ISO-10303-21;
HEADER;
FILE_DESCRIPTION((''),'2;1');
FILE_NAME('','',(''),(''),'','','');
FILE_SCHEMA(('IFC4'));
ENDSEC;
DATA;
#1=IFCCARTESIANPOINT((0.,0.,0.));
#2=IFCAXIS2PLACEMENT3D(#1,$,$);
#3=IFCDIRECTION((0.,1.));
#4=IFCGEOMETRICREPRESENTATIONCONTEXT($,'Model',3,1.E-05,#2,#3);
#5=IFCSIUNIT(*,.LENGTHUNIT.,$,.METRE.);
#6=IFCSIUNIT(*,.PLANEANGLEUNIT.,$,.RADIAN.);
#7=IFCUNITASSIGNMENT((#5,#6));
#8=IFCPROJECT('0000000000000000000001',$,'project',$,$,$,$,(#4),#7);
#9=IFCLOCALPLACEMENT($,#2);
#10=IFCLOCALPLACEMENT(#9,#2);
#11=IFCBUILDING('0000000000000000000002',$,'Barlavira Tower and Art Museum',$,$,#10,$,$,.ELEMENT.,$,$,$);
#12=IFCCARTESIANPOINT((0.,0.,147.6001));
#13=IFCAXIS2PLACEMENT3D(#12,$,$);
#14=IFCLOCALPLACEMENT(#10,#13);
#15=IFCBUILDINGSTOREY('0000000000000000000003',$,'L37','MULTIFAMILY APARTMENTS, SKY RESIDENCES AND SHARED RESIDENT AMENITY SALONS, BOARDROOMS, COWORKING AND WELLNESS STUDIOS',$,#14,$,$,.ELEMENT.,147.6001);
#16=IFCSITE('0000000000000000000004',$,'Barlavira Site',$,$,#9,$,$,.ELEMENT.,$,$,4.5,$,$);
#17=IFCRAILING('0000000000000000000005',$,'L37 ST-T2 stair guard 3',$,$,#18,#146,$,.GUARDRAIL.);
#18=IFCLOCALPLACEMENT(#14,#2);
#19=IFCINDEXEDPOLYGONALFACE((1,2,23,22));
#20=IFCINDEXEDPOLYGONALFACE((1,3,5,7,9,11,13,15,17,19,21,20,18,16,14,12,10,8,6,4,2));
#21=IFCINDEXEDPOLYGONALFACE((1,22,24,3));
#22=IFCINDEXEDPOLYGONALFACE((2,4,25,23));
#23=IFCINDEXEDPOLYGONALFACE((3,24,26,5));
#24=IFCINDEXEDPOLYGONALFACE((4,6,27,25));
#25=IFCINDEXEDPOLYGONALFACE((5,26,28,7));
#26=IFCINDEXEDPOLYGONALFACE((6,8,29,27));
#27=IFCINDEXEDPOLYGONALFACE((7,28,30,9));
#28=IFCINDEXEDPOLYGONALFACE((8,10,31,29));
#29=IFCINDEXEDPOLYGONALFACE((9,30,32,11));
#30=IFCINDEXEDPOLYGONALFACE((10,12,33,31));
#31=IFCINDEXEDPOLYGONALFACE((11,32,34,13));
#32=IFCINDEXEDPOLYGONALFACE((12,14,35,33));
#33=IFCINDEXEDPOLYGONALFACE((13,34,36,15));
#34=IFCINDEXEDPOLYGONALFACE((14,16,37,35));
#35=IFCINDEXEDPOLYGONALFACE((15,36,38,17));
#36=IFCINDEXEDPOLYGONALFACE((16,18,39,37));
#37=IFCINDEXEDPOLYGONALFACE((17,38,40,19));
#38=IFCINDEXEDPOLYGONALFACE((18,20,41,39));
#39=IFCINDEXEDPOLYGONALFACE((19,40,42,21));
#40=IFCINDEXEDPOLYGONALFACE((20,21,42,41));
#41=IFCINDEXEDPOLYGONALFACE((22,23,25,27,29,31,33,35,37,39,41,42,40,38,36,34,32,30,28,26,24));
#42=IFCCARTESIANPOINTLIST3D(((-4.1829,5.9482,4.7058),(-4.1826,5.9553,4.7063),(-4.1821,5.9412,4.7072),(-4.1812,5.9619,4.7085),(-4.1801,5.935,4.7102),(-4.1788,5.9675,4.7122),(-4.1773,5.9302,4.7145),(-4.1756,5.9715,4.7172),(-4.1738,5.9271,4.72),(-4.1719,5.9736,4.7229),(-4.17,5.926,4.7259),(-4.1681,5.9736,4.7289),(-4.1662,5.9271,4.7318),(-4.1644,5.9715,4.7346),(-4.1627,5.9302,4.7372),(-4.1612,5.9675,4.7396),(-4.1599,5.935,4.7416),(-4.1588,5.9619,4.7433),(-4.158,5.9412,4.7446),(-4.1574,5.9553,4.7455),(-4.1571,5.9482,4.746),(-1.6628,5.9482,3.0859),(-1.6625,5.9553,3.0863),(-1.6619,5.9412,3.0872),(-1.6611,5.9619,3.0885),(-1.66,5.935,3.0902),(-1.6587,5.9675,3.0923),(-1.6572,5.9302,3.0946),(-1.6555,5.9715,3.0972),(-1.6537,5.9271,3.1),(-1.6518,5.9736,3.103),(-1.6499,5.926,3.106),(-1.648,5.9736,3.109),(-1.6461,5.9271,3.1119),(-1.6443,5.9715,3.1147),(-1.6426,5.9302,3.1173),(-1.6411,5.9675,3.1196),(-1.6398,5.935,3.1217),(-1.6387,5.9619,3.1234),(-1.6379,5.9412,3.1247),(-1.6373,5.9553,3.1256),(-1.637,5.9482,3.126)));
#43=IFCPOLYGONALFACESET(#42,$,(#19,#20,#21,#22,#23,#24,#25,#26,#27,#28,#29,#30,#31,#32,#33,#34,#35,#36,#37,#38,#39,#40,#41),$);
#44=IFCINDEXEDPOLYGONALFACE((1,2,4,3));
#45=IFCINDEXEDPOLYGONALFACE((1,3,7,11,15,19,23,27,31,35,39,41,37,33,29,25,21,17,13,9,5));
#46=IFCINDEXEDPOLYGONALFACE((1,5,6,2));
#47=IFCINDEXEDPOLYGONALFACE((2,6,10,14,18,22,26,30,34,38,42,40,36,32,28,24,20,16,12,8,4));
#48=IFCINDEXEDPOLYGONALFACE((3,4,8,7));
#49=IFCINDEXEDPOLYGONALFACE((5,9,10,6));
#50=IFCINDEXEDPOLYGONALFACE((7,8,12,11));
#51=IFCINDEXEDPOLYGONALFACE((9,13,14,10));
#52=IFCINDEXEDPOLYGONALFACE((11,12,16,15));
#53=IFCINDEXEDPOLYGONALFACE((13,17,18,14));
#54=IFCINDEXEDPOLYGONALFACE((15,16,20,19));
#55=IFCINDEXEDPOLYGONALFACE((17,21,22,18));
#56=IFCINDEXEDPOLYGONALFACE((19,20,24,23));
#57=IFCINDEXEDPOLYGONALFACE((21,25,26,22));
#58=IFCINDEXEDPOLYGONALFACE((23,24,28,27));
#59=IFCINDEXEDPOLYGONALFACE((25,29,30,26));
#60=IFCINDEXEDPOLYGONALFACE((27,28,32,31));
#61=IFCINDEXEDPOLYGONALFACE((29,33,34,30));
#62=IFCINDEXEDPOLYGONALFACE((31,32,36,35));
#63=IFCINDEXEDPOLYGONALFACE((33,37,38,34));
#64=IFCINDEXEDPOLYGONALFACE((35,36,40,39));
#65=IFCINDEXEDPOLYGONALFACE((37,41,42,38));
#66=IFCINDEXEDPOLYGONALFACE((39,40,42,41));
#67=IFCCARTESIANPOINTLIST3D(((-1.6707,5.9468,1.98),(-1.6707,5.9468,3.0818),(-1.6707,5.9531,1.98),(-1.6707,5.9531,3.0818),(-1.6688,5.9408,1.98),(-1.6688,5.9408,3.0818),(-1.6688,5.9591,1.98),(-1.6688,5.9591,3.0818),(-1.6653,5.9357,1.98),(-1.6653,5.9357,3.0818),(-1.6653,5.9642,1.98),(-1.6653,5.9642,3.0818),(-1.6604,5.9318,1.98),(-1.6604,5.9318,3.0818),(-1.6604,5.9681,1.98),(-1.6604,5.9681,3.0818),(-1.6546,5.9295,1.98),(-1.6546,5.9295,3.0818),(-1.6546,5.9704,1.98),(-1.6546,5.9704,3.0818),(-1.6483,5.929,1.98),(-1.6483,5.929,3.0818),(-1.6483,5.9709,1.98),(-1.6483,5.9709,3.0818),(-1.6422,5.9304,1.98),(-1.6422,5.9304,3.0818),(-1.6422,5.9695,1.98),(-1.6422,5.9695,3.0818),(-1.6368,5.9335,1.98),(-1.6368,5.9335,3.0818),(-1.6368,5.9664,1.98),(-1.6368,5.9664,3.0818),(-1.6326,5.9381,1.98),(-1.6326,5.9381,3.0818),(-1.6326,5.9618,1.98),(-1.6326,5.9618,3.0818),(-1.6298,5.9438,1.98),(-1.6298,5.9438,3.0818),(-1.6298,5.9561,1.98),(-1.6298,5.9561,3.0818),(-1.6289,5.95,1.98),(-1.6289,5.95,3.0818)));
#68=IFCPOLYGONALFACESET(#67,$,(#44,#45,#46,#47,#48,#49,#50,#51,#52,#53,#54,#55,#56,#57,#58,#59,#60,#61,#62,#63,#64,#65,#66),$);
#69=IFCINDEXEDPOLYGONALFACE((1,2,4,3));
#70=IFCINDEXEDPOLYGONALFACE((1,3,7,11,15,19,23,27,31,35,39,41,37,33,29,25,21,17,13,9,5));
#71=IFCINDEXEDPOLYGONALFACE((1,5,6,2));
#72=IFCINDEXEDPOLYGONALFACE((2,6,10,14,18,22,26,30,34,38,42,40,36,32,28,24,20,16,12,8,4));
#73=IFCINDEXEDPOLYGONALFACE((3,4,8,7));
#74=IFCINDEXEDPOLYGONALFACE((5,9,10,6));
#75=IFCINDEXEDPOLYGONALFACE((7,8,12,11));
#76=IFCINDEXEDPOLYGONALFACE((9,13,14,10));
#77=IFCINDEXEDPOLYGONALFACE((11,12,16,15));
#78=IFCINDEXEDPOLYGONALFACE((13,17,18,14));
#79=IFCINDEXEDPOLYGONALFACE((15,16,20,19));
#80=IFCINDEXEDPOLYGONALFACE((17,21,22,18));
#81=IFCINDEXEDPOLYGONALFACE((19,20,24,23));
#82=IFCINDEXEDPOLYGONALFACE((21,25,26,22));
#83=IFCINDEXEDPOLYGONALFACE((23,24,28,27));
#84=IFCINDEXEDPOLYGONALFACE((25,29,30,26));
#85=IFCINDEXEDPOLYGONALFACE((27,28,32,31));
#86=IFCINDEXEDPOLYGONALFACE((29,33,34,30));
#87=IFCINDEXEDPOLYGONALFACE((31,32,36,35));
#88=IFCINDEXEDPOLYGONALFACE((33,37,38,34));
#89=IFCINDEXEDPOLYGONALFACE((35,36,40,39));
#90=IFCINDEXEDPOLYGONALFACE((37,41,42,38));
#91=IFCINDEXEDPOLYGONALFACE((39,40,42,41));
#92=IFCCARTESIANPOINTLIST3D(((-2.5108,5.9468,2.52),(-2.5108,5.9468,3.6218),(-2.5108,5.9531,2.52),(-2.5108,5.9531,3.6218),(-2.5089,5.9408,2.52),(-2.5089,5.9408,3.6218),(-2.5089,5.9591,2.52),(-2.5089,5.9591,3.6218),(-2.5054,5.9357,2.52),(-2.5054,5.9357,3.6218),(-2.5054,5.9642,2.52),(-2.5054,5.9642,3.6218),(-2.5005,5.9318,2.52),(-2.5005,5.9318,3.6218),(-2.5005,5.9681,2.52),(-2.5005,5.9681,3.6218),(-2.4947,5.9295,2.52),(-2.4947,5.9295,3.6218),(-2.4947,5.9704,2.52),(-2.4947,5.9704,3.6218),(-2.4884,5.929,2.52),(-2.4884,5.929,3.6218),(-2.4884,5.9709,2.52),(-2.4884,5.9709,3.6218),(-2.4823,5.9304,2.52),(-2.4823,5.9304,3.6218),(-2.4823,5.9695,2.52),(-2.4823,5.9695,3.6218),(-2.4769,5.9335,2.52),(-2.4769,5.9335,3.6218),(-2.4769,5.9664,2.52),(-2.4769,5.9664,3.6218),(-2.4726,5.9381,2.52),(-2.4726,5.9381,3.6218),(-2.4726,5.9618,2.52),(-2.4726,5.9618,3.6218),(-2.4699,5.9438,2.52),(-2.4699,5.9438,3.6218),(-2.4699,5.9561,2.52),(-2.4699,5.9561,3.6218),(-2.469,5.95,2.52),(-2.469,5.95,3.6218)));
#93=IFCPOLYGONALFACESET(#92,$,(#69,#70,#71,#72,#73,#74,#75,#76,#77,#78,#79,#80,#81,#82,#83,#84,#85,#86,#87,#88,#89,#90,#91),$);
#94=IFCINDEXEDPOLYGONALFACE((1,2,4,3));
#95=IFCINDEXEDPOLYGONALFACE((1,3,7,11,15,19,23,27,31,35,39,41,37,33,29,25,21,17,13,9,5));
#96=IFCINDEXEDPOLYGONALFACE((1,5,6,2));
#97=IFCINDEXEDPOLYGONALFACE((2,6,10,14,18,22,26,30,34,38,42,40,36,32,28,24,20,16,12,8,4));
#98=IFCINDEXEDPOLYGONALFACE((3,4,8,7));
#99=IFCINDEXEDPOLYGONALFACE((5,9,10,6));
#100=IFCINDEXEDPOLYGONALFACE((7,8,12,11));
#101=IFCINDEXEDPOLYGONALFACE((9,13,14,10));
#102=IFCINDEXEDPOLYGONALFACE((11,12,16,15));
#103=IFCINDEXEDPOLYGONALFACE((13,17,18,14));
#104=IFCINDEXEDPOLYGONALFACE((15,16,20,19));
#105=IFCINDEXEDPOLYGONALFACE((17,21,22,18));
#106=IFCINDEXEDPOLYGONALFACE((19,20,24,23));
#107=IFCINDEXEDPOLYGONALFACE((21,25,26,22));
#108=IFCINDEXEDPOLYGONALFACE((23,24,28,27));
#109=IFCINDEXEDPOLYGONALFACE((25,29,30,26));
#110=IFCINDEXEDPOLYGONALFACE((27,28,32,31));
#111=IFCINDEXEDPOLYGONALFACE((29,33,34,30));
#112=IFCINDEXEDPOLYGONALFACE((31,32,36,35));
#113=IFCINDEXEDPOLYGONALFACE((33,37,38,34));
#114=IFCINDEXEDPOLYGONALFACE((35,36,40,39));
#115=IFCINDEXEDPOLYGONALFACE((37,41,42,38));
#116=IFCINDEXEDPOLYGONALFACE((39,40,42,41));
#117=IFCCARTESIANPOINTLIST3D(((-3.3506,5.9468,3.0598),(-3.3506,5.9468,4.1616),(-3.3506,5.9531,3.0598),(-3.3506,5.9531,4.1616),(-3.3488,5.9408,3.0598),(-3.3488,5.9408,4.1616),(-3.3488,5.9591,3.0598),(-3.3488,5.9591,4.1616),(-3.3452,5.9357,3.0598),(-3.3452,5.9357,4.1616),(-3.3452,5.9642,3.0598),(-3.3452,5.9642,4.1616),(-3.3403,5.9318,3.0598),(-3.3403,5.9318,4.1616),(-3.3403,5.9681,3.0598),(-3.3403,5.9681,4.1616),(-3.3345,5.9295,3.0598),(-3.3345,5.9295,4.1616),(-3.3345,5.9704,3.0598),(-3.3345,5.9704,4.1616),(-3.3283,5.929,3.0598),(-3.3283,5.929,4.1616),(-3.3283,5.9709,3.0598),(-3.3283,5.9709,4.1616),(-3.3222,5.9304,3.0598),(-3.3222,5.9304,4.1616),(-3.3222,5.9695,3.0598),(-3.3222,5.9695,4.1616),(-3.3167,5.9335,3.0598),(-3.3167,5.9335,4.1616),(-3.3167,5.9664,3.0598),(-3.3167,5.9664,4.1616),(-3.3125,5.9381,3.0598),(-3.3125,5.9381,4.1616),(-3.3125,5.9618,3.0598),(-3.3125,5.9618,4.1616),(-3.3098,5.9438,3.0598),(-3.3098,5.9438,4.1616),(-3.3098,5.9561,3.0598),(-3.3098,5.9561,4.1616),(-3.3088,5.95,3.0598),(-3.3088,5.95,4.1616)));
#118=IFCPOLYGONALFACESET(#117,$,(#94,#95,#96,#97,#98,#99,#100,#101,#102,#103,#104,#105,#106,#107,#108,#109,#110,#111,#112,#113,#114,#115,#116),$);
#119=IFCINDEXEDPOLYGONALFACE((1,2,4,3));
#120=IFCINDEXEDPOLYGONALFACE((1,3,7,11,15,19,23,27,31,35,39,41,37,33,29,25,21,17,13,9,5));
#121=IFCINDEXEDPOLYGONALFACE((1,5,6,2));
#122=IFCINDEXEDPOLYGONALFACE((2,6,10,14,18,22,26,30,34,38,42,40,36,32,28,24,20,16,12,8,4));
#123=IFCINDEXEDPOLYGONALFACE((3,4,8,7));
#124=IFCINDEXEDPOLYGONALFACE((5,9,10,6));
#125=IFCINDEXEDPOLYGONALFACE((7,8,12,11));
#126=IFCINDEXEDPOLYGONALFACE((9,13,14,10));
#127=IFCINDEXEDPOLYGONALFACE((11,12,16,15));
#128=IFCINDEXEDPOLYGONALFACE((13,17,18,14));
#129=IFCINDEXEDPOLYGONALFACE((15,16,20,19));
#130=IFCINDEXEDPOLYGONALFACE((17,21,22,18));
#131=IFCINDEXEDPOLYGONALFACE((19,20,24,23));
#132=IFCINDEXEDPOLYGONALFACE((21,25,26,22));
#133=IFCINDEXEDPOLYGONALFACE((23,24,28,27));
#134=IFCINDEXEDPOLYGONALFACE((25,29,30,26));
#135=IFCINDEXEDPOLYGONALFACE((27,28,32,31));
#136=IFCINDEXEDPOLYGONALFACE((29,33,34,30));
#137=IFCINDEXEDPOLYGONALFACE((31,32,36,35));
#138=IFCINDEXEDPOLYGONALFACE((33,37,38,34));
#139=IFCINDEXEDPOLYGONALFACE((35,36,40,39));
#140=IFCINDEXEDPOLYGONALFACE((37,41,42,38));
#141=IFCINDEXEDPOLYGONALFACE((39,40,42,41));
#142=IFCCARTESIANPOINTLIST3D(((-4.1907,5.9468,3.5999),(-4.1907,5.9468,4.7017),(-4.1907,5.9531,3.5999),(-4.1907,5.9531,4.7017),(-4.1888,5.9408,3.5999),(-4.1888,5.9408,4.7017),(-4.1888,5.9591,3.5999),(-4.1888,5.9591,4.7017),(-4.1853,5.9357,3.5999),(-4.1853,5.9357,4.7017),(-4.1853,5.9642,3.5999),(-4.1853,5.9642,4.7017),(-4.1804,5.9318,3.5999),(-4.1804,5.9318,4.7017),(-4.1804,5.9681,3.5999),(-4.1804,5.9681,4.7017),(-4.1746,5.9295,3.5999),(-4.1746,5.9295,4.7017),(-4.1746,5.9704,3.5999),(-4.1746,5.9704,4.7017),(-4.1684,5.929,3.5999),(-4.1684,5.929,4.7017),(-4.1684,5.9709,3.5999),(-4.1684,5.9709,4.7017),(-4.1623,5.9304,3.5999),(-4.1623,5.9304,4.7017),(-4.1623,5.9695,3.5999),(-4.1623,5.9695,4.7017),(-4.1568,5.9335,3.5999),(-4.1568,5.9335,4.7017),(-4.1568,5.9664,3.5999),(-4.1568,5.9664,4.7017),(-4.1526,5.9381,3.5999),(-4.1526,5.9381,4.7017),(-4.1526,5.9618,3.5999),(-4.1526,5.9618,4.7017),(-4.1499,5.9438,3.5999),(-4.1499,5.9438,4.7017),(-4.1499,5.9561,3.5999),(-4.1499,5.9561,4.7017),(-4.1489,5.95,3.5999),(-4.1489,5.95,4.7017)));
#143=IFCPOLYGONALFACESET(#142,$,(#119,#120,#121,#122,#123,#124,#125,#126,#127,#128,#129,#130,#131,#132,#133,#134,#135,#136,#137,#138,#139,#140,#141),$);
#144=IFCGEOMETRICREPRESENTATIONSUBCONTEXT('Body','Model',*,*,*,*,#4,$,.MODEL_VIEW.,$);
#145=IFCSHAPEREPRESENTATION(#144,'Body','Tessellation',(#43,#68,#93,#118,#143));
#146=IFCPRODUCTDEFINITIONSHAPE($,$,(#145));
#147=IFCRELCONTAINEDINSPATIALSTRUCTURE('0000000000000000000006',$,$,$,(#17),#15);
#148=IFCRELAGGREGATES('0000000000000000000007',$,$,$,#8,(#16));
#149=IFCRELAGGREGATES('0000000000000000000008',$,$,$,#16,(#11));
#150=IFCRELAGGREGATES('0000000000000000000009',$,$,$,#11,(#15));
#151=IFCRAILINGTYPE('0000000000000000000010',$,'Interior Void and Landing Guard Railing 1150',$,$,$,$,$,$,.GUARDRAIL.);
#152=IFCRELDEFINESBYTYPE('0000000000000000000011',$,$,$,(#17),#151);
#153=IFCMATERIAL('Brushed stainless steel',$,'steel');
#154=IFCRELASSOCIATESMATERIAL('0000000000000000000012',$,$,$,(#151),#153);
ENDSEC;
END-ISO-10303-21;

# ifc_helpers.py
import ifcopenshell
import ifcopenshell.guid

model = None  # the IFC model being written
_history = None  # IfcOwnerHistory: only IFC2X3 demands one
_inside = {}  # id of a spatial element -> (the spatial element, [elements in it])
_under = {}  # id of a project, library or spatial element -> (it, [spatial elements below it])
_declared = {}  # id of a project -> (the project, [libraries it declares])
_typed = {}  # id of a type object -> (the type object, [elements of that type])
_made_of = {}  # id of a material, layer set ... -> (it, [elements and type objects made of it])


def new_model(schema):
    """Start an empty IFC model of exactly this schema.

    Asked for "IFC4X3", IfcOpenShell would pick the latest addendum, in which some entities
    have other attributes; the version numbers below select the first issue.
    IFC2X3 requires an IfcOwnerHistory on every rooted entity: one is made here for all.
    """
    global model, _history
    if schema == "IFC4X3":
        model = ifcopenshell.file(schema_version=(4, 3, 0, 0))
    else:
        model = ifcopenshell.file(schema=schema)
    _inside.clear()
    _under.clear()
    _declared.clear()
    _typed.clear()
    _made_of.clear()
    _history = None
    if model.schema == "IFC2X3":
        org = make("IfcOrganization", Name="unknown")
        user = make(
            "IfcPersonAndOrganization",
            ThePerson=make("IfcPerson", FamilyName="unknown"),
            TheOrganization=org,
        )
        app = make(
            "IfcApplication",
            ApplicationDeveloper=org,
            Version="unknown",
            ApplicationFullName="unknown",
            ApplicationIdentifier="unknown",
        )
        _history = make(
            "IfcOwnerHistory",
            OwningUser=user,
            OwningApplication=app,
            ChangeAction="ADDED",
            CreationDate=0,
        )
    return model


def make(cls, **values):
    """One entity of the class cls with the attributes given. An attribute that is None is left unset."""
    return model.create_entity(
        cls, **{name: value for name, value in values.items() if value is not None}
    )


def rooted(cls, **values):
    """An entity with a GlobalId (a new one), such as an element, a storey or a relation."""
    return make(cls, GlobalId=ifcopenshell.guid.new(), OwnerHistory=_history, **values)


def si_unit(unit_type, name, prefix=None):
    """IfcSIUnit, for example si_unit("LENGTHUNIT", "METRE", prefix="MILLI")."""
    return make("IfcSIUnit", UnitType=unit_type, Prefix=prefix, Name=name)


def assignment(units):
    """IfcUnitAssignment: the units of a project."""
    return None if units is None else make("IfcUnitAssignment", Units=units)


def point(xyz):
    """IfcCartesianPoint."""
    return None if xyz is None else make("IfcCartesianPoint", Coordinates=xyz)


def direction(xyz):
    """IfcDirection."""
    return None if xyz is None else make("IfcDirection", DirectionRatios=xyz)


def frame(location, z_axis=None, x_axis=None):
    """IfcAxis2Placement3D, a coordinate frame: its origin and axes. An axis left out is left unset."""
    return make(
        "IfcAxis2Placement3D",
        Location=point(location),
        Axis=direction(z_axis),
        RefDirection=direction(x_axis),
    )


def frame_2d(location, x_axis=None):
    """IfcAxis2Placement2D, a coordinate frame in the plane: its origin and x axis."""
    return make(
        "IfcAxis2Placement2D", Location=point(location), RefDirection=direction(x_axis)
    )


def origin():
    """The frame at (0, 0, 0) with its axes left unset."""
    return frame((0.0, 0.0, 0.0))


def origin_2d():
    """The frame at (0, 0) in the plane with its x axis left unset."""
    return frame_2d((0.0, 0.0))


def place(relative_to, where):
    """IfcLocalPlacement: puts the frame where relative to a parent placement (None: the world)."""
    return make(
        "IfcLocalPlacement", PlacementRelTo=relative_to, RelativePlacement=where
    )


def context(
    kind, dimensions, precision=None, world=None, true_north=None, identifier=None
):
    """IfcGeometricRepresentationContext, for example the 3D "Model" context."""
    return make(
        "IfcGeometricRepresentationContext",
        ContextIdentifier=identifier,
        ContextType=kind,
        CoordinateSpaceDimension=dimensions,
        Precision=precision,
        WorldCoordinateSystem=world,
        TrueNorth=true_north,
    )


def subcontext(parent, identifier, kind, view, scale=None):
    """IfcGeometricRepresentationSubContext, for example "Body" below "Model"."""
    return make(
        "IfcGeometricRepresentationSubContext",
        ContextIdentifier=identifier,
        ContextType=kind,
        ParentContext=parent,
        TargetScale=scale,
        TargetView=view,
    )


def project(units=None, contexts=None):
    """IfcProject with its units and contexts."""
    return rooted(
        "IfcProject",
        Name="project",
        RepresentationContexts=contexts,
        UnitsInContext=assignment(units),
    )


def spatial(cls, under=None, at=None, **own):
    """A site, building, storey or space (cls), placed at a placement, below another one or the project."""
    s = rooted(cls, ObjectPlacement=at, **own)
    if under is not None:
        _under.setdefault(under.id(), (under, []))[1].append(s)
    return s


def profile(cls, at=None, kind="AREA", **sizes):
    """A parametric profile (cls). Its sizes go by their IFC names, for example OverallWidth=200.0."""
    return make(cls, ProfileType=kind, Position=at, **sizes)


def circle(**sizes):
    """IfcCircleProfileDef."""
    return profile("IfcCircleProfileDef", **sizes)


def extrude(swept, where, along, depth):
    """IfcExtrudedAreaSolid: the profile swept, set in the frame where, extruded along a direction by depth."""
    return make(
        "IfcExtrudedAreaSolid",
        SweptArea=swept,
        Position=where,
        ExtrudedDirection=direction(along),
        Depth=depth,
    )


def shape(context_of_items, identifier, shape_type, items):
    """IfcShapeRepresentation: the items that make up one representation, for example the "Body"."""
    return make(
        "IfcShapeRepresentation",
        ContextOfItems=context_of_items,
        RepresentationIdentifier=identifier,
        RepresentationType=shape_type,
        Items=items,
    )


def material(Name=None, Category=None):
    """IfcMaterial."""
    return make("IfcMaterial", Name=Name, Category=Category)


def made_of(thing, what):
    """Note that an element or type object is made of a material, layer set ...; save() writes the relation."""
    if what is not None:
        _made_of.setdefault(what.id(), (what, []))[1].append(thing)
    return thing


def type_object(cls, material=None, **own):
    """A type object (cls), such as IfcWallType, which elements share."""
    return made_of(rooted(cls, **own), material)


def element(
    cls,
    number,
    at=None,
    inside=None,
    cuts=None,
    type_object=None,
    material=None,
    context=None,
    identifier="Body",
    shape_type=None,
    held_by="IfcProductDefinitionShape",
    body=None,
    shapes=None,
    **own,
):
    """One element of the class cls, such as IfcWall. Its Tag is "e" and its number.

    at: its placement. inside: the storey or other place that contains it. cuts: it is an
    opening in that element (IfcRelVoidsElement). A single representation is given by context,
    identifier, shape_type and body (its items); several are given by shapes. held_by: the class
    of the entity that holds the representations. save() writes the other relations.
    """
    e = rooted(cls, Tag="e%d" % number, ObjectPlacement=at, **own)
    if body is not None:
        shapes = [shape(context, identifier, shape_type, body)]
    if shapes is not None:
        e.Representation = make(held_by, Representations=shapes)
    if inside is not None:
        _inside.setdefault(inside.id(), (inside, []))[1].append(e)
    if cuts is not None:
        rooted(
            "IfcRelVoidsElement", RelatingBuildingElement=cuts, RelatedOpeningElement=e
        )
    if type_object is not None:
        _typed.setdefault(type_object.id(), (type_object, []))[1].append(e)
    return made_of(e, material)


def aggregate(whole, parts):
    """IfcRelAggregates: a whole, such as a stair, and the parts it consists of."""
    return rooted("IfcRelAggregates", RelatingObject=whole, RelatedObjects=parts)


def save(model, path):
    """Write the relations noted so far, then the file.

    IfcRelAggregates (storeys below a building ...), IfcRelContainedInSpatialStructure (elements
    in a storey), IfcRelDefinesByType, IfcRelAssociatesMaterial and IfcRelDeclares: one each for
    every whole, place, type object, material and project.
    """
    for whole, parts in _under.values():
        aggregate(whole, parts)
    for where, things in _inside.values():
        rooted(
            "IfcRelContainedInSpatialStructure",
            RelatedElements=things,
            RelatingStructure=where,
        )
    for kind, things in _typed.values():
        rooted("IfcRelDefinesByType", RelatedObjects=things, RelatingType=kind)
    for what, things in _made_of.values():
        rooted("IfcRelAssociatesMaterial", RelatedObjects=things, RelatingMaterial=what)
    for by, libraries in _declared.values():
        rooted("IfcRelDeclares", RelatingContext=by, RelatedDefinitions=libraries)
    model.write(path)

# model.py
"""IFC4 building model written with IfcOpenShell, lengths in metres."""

from ifc_helpers import new_model, si_unit, direction, frame, origin, origin_2d, place, context, subcontext, project, spatial, circle, extrude, material, type_object, element, save


model = new_model("IFC4")

# Units and contexts
model_context = context("Model", 3, precision=1e-05, world=origin(), true_north=direction((0.0, 1.0)))
body_context = subcontext(model_context, "Body", "Model", "MODEL_VIEW")
ifc_project = project(units=[si_unit("LENGTHUNIT", "METRE"), si_unit("PLANEANGLEUNIT", "RADIAN")], contexts=[model_context])

# Site, building, storey
site_placement = place(None, origin())
site = spatial("IfcSite", under=ifc_project, at=site_placement, Name="Barlavira Site", CompositionType="ELEMENT", RefElevation=4.5)
building_placement = place(site_placement, origin())
building = spatial("IfcBuilding", under=site, at=building_placement, Name="Barlavira Tower and Art Museum", CompositionType="ELEMENT")
storey_placement = place(building_placement, frame((0.0, 0.0, 147.6001)))
storey = spatial("IfcBuildingStorey", under=building, at=storey_placement, Name="L37", Description="MULTIFAMILY APARTMENTS, SKY RESIDENCES AND SHARED RESIDENT AMENITY SALONS, BOARDROOMS, COWORKING AND WELLNESS STUDIOS", CompositionType="ELEMENT", Elevation=147.6001)

# Shared definitions
ifc_material_1 = material(Name="Brushed stainless steel", Category="steel")

# Railing
railing_type_1 = type_object("IfcRailingType", Name="Interior Void and Landing Guard Railing 1150", PredefinedType="GUARDRAIL", material=ifc_material_1)
railing_1_placement = place(storey_placement, frame((-1.6499, 5.95, 1.98)))
element("IfcRailing", 1, at=railing_1_placement, inside=storey, type_object=railing_type_1, Name="L37 ST-T2 stair guard 3", PredefinedType="GUARDRAIL", context=body_context, shape_type="SweptSolid", body=[
    extrude(circle(Radius=0.0239, at=origin_2d()), frame((0.0, 0.0, 1.126), z_axis=(-0.8412, 0.0, 0.540725), x_axis=(0.0, -1.0, 0.0)), (0.0, 0.0, 1.0), 2.9958),
    extrude(circle(Radius=0.021, at=origin_2d()), origin(), (0.0, 0.0, 1.0), 1.1018),
    extrude(circle(Radius=0.021, at=origin_2d()), frame((-0.8401, 0.0, 0.54)), (0.0, 0.0, 1.0), 1.1018),
    extrude(circle(Radius=0.021, at=origin_2d()), frame((-1.6799, 0.0, 1.0798)), (0.0, 0.0, 1.0), 1.1018),
    extrude(circle(Radius=0.021, at=origin_2d()), frame((-2.52, 0.0, 1.6199)), (0.0, 0.0, 1.0), 1.1018),
])

save(model, "model.ifc")
